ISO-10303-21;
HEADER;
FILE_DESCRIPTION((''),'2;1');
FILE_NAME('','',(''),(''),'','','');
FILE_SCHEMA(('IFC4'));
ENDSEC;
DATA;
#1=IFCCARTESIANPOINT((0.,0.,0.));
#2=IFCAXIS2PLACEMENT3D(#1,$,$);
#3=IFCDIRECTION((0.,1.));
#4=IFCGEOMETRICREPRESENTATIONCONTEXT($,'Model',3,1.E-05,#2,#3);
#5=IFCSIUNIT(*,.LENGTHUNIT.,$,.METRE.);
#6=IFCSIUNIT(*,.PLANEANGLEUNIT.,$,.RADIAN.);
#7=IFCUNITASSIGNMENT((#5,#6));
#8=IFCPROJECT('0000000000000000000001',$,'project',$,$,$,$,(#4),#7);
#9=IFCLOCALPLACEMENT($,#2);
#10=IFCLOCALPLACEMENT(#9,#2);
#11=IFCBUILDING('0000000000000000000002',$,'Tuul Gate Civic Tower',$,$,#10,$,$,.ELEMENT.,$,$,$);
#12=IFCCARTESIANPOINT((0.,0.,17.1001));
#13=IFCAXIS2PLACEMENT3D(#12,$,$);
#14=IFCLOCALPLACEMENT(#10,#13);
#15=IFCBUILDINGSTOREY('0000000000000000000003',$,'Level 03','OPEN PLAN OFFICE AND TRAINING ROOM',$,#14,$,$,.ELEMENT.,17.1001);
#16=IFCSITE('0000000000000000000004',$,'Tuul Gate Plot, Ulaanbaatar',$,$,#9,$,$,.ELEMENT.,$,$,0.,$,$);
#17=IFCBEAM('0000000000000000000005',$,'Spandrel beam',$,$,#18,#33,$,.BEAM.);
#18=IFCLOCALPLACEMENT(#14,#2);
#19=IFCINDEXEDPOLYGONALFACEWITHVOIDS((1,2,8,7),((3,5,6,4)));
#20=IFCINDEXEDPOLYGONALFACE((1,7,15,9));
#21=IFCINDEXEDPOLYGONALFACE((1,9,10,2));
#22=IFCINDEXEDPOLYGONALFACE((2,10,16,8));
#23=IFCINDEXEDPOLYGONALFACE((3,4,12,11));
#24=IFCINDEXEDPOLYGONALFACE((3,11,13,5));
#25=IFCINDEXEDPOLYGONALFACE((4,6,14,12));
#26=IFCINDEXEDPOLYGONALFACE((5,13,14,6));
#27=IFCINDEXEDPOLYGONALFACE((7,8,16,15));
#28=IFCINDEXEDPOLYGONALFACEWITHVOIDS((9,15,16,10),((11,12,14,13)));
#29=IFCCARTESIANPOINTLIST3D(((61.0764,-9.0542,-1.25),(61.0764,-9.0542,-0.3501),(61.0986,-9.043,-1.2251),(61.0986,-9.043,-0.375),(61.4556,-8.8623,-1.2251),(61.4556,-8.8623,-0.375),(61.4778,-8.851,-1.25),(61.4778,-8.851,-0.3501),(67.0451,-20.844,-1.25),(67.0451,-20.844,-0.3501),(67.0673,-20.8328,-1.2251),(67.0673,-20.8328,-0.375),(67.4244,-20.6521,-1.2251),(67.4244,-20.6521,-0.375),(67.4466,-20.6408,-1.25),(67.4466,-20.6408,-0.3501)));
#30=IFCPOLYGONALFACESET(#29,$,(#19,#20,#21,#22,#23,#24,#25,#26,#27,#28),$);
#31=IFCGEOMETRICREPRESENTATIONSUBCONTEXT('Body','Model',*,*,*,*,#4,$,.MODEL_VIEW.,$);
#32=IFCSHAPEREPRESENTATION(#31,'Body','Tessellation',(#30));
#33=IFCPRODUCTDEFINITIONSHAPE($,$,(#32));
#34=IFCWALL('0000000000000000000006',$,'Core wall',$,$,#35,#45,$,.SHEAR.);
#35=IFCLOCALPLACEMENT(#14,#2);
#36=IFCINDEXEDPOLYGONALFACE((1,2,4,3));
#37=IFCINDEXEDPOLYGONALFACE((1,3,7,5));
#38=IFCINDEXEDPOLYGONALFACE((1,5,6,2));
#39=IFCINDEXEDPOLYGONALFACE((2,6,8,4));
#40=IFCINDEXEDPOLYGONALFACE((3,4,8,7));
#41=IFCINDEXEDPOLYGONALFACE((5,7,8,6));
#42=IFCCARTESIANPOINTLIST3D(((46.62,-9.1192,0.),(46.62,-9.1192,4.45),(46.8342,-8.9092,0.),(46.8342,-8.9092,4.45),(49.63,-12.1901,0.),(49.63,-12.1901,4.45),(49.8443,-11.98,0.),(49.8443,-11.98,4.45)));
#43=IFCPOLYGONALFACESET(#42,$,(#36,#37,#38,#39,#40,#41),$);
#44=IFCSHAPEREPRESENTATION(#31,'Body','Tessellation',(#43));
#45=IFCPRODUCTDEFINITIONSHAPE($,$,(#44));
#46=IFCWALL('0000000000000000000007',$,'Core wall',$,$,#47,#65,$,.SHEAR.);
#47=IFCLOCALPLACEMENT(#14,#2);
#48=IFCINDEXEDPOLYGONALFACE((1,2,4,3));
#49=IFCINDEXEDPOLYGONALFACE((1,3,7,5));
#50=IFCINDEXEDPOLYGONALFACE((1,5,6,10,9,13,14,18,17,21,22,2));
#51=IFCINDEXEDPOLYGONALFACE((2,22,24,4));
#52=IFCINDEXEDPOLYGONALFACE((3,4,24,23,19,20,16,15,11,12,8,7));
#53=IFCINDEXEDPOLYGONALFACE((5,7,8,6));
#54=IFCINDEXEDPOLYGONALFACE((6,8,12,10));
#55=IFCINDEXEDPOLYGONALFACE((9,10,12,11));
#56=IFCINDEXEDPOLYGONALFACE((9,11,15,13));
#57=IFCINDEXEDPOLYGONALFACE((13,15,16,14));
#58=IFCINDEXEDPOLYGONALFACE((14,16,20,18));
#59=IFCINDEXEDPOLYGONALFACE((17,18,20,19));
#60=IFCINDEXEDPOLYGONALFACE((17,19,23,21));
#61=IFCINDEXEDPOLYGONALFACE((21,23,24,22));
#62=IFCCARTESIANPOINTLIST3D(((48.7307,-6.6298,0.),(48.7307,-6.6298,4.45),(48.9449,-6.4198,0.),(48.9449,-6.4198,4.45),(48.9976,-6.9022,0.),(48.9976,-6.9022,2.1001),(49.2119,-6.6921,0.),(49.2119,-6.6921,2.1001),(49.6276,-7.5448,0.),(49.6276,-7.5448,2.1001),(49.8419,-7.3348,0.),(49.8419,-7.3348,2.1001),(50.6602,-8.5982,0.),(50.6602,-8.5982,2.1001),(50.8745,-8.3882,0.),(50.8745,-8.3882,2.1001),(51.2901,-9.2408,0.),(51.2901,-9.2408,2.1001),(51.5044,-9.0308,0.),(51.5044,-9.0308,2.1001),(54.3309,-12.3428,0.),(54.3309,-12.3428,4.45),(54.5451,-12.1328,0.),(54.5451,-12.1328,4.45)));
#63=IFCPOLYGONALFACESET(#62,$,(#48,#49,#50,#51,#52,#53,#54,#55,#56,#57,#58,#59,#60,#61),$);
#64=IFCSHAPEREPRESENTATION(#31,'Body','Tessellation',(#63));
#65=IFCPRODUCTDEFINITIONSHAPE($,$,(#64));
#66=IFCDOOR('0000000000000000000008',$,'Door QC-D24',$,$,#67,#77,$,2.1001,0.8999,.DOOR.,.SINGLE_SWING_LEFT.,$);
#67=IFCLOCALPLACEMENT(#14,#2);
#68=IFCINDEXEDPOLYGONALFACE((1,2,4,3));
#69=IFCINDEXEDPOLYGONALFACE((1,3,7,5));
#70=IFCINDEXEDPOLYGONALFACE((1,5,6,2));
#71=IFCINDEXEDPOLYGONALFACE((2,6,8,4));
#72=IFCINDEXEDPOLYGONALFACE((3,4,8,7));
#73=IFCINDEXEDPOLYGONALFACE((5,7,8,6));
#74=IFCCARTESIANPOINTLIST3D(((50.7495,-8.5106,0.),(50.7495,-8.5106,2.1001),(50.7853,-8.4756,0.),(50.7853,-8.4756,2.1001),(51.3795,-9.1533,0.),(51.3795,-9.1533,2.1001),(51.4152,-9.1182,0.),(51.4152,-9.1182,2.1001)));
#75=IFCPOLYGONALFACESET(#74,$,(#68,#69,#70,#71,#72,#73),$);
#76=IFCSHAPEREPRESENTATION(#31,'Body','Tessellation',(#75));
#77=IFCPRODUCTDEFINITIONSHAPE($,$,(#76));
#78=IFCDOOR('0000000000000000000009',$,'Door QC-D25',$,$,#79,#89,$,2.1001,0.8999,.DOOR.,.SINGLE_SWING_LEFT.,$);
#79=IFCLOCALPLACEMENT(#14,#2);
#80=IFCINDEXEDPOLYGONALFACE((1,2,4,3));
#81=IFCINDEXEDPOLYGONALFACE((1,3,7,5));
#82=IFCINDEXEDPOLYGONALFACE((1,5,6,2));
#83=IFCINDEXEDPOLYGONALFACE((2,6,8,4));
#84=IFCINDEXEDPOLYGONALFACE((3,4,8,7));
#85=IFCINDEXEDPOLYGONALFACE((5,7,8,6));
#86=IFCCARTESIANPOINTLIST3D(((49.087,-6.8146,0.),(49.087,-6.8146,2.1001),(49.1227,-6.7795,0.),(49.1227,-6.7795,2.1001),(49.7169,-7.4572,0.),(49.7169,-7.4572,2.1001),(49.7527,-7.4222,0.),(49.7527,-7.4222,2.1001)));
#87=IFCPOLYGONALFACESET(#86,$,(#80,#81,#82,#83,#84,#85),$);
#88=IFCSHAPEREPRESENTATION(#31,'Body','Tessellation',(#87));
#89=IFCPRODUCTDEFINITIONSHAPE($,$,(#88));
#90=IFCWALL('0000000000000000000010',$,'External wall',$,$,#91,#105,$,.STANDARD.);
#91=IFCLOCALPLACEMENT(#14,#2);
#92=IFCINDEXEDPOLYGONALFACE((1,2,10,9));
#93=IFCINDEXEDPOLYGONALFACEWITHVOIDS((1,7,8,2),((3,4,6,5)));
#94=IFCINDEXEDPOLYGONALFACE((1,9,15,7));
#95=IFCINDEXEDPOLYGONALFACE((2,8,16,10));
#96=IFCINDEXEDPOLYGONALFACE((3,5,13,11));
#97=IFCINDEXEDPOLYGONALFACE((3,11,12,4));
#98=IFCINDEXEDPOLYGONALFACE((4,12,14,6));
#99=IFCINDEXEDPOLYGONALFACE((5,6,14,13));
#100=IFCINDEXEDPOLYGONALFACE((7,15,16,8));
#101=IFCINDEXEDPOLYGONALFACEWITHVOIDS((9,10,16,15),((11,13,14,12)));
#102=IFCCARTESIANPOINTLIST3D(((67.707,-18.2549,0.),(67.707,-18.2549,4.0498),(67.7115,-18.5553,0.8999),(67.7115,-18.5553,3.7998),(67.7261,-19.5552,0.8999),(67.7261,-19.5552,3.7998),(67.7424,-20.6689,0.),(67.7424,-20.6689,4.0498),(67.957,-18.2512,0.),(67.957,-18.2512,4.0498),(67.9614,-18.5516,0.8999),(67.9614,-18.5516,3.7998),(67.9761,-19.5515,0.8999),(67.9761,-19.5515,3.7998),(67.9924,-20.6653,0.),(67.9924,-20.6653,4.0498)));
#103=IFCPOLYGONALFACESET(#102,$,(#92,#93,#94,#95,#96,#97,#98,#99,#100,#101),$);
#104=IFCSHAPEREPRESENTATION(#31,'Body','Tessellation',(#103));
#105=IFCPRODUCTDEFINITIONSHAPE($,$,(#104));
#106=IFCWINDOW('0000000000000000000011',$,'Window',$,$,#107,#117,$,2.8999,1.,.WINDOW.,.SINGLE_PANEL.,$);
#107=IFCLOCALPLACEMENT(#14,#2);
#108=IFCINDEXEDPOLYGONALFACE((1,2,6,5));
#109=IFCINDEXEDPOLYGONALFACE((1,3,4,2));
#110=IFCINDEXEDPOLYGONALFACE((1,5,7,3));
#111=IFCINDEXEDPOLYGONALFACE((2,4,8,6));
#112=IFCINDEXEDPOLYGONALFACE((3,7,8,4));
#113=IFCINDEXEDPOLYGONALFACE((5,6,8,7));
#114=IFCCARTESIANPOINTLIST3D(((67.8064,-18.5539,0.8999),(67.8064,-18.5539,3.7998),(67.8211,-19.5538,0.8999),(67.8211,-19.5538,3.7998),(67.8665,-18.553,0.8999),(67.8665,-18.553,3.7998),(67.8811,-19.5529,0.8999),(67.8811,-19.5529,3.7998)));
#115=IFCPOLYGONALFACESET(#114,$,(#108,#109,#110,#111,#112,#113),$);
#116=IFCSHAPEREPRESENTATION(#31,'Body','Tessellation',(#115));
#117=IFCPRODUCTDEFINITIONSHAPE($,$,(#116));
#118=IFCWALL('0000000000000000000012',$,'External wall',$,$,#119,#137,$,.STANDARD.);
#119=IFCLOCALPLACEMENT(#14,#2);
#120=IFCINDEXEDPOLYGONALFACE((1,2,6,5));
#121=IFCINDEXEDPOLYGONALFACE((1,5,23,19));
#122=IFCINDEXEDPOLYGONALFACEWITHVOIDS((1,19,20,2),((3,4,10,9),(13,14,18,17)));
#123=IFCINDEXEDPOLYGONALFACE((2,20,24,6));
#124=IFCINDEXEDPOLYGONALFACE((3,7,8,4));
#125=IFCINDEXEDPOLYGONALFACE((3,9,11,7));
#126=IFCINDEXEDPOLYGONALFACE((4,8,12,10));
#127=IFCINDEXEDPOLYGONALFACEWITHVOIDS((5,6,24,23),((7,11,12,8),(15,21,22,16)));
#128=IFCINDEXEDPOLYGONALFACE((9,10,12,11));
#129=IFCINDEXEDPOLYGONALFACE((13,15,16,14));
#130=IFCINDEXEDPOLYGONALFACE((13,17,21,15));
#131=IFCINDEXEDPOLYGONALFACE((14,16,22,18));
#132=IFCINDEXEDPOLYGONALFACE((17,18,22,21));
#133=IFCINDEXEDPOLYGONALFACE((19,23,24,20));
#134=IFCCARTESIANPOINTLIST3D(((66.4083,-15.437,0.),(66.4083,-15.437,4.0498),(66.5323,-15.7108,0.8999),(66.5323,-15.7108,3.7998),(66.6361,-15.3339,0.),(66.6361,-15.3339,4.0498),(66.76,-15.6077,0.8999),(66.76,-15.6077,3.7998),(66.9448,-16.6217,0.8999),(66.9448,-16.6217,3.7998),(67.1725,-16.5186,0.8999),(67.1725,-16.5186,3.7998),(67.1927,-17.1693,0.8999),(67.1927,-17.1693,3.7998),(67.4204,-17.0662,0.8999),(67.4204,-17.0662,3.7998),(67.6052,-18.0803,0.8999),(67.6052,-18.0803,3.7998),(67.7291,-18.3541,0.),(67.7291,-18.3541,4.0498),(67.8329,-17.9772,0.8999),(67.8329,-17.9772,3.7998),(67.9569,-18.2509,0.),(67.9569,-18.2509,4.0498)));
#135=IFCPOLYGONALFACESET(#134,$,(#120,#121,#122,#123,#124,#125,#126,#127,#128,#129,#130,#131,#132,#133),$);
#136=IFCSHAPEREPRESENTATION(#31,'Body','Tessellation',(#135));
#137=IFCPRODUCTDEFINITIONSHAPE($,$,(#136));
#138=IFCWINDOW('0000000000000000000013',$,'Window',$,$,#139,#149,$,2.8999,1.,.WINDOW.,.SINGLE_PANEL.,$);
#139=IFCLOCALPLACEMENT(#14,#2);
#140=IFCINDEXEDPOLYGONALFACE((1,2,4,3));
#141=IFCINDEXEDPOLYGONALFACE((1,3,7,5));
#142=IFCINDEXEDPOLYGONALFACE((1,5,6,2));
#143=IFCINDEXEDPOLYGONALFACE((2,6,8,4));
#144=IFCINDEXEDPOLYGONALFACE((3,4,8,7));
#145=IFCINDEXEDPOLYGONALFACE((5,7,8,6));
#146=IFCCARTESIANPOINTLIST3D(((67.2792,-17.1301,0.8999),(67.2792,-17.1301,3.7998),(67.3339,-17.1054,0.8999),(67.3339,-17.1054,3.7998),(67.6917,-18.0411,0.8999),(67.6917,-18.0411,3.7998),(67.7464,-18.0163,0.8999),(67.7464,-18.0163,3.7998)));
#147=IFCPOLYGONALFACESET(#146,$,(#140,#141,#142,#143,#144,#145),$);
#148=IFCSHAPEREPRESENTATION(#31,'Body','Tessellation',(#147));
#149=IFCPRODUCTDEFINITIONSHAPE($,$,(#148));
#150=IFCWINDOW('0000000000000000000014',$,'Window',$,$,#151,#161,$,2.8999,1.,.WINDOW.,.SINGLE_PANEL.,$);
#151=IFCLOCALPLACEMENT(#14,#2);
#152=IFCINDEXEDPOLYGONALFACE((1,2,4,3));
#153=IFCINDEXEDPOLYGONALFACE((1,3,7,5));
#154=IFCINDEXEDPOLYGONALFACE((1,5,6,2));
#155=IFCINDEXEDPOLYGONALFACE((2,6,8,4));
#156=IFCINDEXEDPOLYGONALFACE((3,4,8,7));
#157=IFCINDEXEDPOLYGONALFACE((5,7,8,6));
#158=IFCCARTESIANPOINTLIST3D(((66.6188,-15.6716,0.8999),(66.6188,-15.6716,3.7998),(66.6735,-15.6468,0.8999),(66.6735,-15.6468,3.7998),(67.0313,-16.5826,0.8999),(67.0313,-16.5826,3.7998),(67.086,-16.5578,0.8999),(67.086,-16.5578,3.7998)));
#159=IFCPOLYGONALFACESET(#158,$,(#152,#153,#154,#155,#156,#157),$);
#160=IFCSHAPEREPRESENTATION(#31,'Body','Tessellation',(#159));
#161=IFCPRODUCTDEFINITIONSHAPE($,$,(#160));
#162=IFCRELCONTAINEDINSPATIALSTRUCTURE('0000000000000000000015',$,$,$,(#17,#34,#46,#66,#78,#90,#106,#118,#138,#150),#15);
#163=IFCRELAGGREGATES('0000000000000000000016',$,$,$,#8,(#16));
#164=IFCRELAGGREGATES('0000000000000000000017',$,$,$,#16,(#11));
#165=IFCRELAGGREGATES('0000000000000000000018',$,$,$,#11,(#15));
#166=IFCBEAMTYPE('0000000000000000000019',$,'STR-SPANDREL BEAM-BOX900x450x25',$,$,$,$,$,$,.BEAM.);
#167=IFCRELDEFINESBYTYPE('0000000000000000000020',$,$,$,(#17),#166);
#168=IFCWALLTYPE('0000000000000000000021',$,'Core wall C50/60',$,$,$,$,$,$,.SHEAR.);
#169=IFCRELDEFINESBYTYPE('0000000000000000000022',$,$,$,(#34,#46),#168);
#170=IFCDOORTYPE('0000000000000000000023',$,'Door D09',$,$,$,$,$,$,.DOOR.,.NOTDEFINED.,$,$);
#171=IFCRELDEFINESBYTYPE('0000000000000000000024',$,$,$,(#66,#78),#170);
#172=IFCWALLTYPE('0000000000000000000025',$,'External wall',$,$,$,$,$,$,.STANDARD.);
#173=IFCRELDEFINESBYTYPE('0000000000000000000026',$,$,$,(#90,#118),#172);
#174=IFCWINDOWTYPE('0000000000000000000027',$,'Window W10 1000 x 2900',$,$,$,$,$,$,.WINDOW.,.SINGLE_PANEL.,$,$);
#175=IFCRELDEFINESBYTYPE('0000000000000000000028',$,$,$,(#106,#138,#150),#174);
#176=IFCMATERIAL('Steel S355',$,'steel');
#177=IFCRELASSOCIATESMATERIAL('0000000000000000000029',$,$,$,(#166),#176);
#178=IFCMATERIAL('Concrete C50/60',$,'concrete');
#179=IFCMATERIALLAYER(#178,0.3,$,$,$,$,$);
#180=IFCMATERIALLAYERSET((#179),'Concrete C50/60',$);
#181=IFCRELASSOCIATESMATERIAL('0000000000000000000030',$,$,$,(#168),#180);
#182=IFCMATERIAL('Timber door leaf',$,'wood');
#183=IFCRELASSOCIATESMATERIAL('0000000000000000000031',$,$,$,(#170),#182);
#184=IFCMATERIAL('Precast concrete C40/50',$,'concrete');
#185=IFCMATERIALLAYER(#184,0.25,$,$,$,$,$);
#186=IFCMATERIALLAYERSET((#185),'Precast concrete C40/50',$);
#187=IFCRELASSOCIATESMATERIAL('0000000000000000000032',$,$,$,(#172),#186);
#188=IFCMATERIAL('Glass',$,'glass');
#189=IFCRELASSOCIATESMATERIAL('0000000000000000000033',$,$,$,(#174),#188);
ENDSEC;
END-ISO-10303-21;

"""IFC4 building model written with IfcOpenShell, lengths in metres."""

from ifc_helpers import new_model, si_unit, direction, frame, frame_2d, origin, origin_2d, place, context, subcontext, project, spatial, rectangle, hollow_rectangle, extrude, material, layer, layer_set, material_profile, profile_set, type_object, element, fill, save


model = new_model("IFC4")

# Units and contexts
model_context = context("Model", 3, precision=1e-05, world=origin(), true_north=direction((0.0, 1.0)))
body_context = subcontext(model_context, "Body", "Model", "MODEL_VIEW")
ifc_project = project(units=[si_unit("LENGTHUNIT", "METRE"), si_unit("PLANEANGLEUNIT", "RADIAN")], contexts=[model_context])

# Site, building, storey
site_placement = place(None, origin())
site = spatial("IfcSite", under=ifc_project, at=site_placement, Name="Tuul Gate Plot, Ulaanbaatar", CompositionType="ELEMENT", RefElevation=0.0)
building_placement = place(site_placement, origin())
building = spatial("IfcBuilding", under=site, at=building_placement, Name="Tuul Gate Civic Tower", CompositionType="ELEMENT")
storey_placement = place(building_placement, frame((0.0, 0.0, 17.1001)))
storey = spatial("IfcBuildingStorey", under=building, at=storey_placement, Name="Level 03", Description="OPEN PLAN OFFICE AND TRAINING ROOM", CompositionType="ELEMENT", Elevation=17.1001)

# Beam
ifc_material_1 = material(Name="Steel S355", Category="steel")
ifc_material_profile = material_profile(ifc_material_1, hollow_rectangle(XDim=0.45, YDim=0.8999, WallThickness=0.0249, at=origin_2d()), Name="BOX900x450x25")
ifc_profile_set = profile_set([ifc_material_profile], Name="Steel S355")
beam_type = type_object("IfcBeamType", Name="STR-SPANDREL BEAM-BOX900x450x25", PredefinedType="BEAM", material=ifc_profile_set)
beam_placement = place(storey_placement, frame((67.2458, -20.7424, -0.8), z_axis=(-0.451679, 0.892181, 0.0), x_axis=(-0.892181, -0.451679, 0.0)))
element("IfcBeam", 1, at=beam_placement, inside=storey, type_object=beam_type, Name="Spandrel beam", PredefinedType="BEAM", context=body_context, shape_type="SweptSolid", body=[
    extrude(hollow_rectangle(XDim=0.45, YDim=0.8999, WallThickness=0.0249, at=origin_2d()), origin(), (0.0, 0.0, 1.0), 13.2146),
])

# Wall
ifc_material_2 = material(Name="Concrete C50/60", Category="concrete")
ifc_layer_1 = layer(ifc_material_2, 0.3)
ifc_layer_set_1 = layer_set([ifc_layer_1], Name="Concrete C50/60")
wall_type_1 = type_object("IfcWallType", Name="Core wall C50/60", PredefinedType="SHEAR", material=ifc_layer_set_1)
wall_1_placement = place(storey_placement, frame((49.7371, -12.085, 0.0), z_axis=(0.0, 0.0, 1.0), x_axis=(-0.700003, 0.71414, 0.0)))
element("IfcWall", 2, at=wall_1_placement, inside=storey, type_object=wall_type_1, Name="Core wall", PredefinedType="SHEAR", context=body_context, shape_type="SweptSolid", body=[
    extrude(rectangle(XDim=4.3, YDim=0.3, at=frame_2d((2.1499, 0.0))), origin(), (0.0, 0.0, 1.0), 4.45),
])

# Wall, openings, doors
wall_2_placement = place(storey_placement, frame((54.438, -12.2378, 0.0), z_axis=(0.0, 0.0, 1.0), x_axis=(-0.700022, 0.714121, 0.0)))
wall_2 = element("IfcWall", 3, at=wall_2_placement, inside=storey, type_object=wall_type_1, Name="Core wall", PredefinedType="SHEAR", context=body_context, shape_type="SweptSolid", body=[
    extrude(rectangle(XDim=8.0, YDim=0.3, at=frame_2d((4.0, 0.0))), origin(), (0.0, 0.0, 1.0), 4.45),
])
opening_1_placement = place(wall_2_placement, frame((4.3438, 0.0, 0.0)))
opening_1 = element("IfcOpeningElement", 4, at=opening_1_placement, cuts=wall_2, PredefinedType="OPENING", context=body_context, shape_type="SweptSolid", body=[
    extrude(rectangle(XDim=0.8999, YDim=2.1001, at=frame_2d((0.45, 1.05))), frame((0.0, 0.1602, 0.0), z_axis=(0.0, -1.0, 0.0), x_axis=(1.0, 0.0, 0.0)), (0.0, 0.0, 1.0), 0.3201),
])
opening_2_placement = place(wall_2_placement, frame((6.7188, 0.0, 0.0)))
opening_2 = element("IfcOpeningElement", 5, at=opening_2_placement, cuts=wall_2, PredefinedType="OPENING", context=body_context, shape_type="SweptSolid", body=[
    extrude(rectangle(XDim=0.8999, YDim=2.1001, at=frame_2d((0.45, 1.05))), frame((0.0, 0.1602, 0.0), z_axis=(0.0, -1.0, 0.0), x_axis=(1.0, 0.0, 0.0)), (0.0, 0.0, 1.0), 0.3201),
])
ifc_material_3 = material(Name="Timber door leaf", Category="wood")
door_type = type_object("IfcDoorType", Name="Door D09", OperationType="NOTDEFINED", PredefinedType="DOOR", material=ifc_material_3)
door_1_placement = place(opening_1_placement, origin())
door_1 = element("IfcDoor", 6, at=door_1_placement, inside=storey, type_object=door_type, Name="Door QC-D24", OperationType="SINGLE_SWING_LEFT", OverallHeight=2.1001, OverallWidth=0.8999, PredefinedType="DOOR", context=body_context, shape_type="SweptSolid", body=[
    extrude(rectangle(XDim=0.8999, YDim=2.1001, at=frame_2d((0.45, 1.05))), frame((0.0, 0.0249, 0.0), z_axis=(0.0, -1.0, 0.0), x_axis=(1.0, 0.0, 0.0)), (0.0, 0.0, 1.0), 0.05),
])
fill(opening_1, door_1)
door_2_placement = place(opening_2_placement, origin())
door_2 = element("IfcDoor", 7, at=door_2_placement, inside=storey, type_object=door_type, Name="Door QC-D25", OperationType="SINGLE_SWING_LEFT", OverallHeight=2.1001, OverallWidth=0.8999, PredefinedType="DOOR", context=body_context, shape_type="SweptSolid", body=[
    extrude(rectangle(XDim=0.8999, YDim=2.1001, at=frame_2d((0.45, 1.05))), frame((0.0, 0.0249, 0.0), z_axis=(0.0, -1.0, 0.0), x_axis=(1.0, 0.0, 0.0)), (0.0, 0.0, 1.0), 0.05),
])
fill(opening_2, door_2)

# Wall, opening, window
ifc_material_4 = material(Name="Precast concrete C40/50", Category="concrete")
ifc_layer_2 = layer(ifc_material_4, 0.25)
ifc_layer_set_2 = layer_set([ifc_layer_2], Name="Precast concrete C40/50")
wall_type_2 = type_object("IfcWallType", Name="External wall", PredefinedType="STANDARD", material=ifc_layer_set_2)
wall_3_placement = place(storey_placement, frame((67.8674, -20.667, 0.0), z_axis=(0.0, 0.0, 1.0), x_axis=(-0.014663, 0.999892, 0.0)))
wall_3 = element("IfcWall", 8, at=wall_3_placement, inside=storey, type_object=wall_type_2, Name="External wall", PredefinedType="STANDARD", context=body_context, shape_type="SweptSolid", body=[
    extrude(rectangle(XDim=2.4143, YDim=0.25, at=frame_2d((1.207, 0.0))), origin(), (0.0, 0.0, 1.0), 4.0498),
])
opening_3_placement = place(wall_3_placement, frame((1.1138, 0.0, 0.8999)))
opening_3 = element("IfcOpeningElement", 9, at=opening_3_placement, cuts=wall_3, PredefinedType="OPENING", context=body_context, shape_type="SweptSolid", body=[
    extrude(rectangle(XDim=1.0, YDim=2.8999, at=frame_2d((0.5, 1.45))), frame((0.0, 0.135, 0.0), z_axis=(0.0, -1.0, 0.0), x_axis=(1.0, 0.0, 0.0)), (0.0, 0.0, 1.0), 0.27),
])
ifc_material_5 = material(Name="Glass", Category="glass")
window_type_1 = type_object("IfcWindowType", Name="Window W10 1000 x 2900", PartitioningType="SINGLE_PANEL", PredefinedType="WINDOW", material=ifc_material_5)
window_1_placement = place(opening_3_placement, origin())
window_1 = element("IfcWindow", 10, at=window_1_placement, inside=storey, type_object=window_type_1, Name="Window", OverallHeight=2.8999, OverallWidth=1.0, PartitioningType="SINGLE_PANEL", PredefinedType="WINDOW", context=body_context, shape_type="SweptSolid", body=[
    extrude(rectangle(XDim=1.0, YDim=2.8999, at=frame_2d((0.5, 1.45))), frame((0.0, 0.03, 0.0), z_axis=(0.0, -1.0, 0.0), x_axis=(1.0, 0.0, 0.0)), (0.0, 0.0, 1.0), 0.0601),
])
fill(opening_3, window_1)

# Wall, openings, windows
wall_4_placement = place(storey_placement, frame((67.843, -18.3025, 0.0), z_axis=(0.0, 0.0, 1.0), x_axis=(-0.412481, 0.910966, 0.0)))
wall_4 = element("IfcWall", 11, at=wall_4_placement, inside=storey, type_object=wall_type_2, Name="External wall", PredefinedType="STANDARD", context=body_context, shape_type="SweptSolid", body=[
    extrude(rectangle(XDim=3.2021, YDim=0.25, at=frame_2d((1.6011, 0.0))), origin(), (0.0, 0.0, 1.0), 4.0498),
])
opening_4_placement = place(wall_4_placement, frame((0.3005, 0.0, 0.8999)))
opening_4 = element("IfcOpeningElement", 12, at=opening_4_placement, cuts=wall_4, PredefinedType="OPENING", context=body_context, shape_type="SweptSolid", body=[
    extrude(rectangle(XDim=1.0, YDim=2.8999, at=frame_2d((0.5, 1.45))), frame((0.0, 0.135, 0.0), z_axis=(0.0, -1.0, 0.0), x_axis=(1.0, 0.0, 0.0)), (0.0, 0.0, 1.0), 0.27),
])
opening_5_placement = place(wall_4_placement, frame((1.9016, 0.0, 0.8999)))
opening_5 = element("IfcOpeningElement", 13, at=opening_5_placement, cuts=wall_4, PredefinedType="OPENING", context=body_context, shape_type="SweptSolid", body=[
    extrude(rectangle(XDim=1.0, YDim=2.8999, at=frame_2d((0.5, 1.45))), frame((0.0, 0.135, 0.0), z_axis=(0.0, -1.0, 0.0), x_axis=(1.0, 0.0, 0.0)), (0.0, 0.0, 1.0), 0.27),
])
window_2_placement = place(opening_4_placement, origin())
window_2 = element("IfcWindow", 14, at=window_2_placement, inside=storey, type_object=window_type_1, Name="Window", OverallHeight=2.8999, OverallWidth=1.0, PartitioningType="SINGLE_PANEL", PredefinedType="WINDOW", context=body_context, shape_type="SweptSolid", body=[
    extrude(rectangle(XDim=1.0, YDim=2.8999, at=frame_2d((0.5, 1.45))), frame((0.0, 0.03, 0.0), z_axis=(0.0, -1.0, 0.0), x_axis=(1.0, 0.0, 0.0)), (0.0, 0.0, 1.0), 0.0601),
])
fill(opening_4, window_2)
window_3_placement = place(opening_5_placement, origin())
window_3 = element("IfcWindow", 15, at=window_3_placement, inside=storey, type_object=window_type_1, Name="Window", OverallHeight=2.8999, OverallWidth=1.0, PartitioningType="SINGLE_PANEL", PredefinedType="WINDOW", context=body_context, shape_type="SweptSolid", body=[
    extrude(rectangle(XDim=1.0, YDim=2.8999, at=frame_2d((0.5, 1.45))), frame((0.0, 0.03, 0.0), z_axis=(0.0, -1.0, 0.0), x_axis=(1.0, 0.0, 0.0)), (0.0, 0.0, 1.0), 0.0601),
])
fill(opening_5, window_3)

save(model, "model.ifc")
